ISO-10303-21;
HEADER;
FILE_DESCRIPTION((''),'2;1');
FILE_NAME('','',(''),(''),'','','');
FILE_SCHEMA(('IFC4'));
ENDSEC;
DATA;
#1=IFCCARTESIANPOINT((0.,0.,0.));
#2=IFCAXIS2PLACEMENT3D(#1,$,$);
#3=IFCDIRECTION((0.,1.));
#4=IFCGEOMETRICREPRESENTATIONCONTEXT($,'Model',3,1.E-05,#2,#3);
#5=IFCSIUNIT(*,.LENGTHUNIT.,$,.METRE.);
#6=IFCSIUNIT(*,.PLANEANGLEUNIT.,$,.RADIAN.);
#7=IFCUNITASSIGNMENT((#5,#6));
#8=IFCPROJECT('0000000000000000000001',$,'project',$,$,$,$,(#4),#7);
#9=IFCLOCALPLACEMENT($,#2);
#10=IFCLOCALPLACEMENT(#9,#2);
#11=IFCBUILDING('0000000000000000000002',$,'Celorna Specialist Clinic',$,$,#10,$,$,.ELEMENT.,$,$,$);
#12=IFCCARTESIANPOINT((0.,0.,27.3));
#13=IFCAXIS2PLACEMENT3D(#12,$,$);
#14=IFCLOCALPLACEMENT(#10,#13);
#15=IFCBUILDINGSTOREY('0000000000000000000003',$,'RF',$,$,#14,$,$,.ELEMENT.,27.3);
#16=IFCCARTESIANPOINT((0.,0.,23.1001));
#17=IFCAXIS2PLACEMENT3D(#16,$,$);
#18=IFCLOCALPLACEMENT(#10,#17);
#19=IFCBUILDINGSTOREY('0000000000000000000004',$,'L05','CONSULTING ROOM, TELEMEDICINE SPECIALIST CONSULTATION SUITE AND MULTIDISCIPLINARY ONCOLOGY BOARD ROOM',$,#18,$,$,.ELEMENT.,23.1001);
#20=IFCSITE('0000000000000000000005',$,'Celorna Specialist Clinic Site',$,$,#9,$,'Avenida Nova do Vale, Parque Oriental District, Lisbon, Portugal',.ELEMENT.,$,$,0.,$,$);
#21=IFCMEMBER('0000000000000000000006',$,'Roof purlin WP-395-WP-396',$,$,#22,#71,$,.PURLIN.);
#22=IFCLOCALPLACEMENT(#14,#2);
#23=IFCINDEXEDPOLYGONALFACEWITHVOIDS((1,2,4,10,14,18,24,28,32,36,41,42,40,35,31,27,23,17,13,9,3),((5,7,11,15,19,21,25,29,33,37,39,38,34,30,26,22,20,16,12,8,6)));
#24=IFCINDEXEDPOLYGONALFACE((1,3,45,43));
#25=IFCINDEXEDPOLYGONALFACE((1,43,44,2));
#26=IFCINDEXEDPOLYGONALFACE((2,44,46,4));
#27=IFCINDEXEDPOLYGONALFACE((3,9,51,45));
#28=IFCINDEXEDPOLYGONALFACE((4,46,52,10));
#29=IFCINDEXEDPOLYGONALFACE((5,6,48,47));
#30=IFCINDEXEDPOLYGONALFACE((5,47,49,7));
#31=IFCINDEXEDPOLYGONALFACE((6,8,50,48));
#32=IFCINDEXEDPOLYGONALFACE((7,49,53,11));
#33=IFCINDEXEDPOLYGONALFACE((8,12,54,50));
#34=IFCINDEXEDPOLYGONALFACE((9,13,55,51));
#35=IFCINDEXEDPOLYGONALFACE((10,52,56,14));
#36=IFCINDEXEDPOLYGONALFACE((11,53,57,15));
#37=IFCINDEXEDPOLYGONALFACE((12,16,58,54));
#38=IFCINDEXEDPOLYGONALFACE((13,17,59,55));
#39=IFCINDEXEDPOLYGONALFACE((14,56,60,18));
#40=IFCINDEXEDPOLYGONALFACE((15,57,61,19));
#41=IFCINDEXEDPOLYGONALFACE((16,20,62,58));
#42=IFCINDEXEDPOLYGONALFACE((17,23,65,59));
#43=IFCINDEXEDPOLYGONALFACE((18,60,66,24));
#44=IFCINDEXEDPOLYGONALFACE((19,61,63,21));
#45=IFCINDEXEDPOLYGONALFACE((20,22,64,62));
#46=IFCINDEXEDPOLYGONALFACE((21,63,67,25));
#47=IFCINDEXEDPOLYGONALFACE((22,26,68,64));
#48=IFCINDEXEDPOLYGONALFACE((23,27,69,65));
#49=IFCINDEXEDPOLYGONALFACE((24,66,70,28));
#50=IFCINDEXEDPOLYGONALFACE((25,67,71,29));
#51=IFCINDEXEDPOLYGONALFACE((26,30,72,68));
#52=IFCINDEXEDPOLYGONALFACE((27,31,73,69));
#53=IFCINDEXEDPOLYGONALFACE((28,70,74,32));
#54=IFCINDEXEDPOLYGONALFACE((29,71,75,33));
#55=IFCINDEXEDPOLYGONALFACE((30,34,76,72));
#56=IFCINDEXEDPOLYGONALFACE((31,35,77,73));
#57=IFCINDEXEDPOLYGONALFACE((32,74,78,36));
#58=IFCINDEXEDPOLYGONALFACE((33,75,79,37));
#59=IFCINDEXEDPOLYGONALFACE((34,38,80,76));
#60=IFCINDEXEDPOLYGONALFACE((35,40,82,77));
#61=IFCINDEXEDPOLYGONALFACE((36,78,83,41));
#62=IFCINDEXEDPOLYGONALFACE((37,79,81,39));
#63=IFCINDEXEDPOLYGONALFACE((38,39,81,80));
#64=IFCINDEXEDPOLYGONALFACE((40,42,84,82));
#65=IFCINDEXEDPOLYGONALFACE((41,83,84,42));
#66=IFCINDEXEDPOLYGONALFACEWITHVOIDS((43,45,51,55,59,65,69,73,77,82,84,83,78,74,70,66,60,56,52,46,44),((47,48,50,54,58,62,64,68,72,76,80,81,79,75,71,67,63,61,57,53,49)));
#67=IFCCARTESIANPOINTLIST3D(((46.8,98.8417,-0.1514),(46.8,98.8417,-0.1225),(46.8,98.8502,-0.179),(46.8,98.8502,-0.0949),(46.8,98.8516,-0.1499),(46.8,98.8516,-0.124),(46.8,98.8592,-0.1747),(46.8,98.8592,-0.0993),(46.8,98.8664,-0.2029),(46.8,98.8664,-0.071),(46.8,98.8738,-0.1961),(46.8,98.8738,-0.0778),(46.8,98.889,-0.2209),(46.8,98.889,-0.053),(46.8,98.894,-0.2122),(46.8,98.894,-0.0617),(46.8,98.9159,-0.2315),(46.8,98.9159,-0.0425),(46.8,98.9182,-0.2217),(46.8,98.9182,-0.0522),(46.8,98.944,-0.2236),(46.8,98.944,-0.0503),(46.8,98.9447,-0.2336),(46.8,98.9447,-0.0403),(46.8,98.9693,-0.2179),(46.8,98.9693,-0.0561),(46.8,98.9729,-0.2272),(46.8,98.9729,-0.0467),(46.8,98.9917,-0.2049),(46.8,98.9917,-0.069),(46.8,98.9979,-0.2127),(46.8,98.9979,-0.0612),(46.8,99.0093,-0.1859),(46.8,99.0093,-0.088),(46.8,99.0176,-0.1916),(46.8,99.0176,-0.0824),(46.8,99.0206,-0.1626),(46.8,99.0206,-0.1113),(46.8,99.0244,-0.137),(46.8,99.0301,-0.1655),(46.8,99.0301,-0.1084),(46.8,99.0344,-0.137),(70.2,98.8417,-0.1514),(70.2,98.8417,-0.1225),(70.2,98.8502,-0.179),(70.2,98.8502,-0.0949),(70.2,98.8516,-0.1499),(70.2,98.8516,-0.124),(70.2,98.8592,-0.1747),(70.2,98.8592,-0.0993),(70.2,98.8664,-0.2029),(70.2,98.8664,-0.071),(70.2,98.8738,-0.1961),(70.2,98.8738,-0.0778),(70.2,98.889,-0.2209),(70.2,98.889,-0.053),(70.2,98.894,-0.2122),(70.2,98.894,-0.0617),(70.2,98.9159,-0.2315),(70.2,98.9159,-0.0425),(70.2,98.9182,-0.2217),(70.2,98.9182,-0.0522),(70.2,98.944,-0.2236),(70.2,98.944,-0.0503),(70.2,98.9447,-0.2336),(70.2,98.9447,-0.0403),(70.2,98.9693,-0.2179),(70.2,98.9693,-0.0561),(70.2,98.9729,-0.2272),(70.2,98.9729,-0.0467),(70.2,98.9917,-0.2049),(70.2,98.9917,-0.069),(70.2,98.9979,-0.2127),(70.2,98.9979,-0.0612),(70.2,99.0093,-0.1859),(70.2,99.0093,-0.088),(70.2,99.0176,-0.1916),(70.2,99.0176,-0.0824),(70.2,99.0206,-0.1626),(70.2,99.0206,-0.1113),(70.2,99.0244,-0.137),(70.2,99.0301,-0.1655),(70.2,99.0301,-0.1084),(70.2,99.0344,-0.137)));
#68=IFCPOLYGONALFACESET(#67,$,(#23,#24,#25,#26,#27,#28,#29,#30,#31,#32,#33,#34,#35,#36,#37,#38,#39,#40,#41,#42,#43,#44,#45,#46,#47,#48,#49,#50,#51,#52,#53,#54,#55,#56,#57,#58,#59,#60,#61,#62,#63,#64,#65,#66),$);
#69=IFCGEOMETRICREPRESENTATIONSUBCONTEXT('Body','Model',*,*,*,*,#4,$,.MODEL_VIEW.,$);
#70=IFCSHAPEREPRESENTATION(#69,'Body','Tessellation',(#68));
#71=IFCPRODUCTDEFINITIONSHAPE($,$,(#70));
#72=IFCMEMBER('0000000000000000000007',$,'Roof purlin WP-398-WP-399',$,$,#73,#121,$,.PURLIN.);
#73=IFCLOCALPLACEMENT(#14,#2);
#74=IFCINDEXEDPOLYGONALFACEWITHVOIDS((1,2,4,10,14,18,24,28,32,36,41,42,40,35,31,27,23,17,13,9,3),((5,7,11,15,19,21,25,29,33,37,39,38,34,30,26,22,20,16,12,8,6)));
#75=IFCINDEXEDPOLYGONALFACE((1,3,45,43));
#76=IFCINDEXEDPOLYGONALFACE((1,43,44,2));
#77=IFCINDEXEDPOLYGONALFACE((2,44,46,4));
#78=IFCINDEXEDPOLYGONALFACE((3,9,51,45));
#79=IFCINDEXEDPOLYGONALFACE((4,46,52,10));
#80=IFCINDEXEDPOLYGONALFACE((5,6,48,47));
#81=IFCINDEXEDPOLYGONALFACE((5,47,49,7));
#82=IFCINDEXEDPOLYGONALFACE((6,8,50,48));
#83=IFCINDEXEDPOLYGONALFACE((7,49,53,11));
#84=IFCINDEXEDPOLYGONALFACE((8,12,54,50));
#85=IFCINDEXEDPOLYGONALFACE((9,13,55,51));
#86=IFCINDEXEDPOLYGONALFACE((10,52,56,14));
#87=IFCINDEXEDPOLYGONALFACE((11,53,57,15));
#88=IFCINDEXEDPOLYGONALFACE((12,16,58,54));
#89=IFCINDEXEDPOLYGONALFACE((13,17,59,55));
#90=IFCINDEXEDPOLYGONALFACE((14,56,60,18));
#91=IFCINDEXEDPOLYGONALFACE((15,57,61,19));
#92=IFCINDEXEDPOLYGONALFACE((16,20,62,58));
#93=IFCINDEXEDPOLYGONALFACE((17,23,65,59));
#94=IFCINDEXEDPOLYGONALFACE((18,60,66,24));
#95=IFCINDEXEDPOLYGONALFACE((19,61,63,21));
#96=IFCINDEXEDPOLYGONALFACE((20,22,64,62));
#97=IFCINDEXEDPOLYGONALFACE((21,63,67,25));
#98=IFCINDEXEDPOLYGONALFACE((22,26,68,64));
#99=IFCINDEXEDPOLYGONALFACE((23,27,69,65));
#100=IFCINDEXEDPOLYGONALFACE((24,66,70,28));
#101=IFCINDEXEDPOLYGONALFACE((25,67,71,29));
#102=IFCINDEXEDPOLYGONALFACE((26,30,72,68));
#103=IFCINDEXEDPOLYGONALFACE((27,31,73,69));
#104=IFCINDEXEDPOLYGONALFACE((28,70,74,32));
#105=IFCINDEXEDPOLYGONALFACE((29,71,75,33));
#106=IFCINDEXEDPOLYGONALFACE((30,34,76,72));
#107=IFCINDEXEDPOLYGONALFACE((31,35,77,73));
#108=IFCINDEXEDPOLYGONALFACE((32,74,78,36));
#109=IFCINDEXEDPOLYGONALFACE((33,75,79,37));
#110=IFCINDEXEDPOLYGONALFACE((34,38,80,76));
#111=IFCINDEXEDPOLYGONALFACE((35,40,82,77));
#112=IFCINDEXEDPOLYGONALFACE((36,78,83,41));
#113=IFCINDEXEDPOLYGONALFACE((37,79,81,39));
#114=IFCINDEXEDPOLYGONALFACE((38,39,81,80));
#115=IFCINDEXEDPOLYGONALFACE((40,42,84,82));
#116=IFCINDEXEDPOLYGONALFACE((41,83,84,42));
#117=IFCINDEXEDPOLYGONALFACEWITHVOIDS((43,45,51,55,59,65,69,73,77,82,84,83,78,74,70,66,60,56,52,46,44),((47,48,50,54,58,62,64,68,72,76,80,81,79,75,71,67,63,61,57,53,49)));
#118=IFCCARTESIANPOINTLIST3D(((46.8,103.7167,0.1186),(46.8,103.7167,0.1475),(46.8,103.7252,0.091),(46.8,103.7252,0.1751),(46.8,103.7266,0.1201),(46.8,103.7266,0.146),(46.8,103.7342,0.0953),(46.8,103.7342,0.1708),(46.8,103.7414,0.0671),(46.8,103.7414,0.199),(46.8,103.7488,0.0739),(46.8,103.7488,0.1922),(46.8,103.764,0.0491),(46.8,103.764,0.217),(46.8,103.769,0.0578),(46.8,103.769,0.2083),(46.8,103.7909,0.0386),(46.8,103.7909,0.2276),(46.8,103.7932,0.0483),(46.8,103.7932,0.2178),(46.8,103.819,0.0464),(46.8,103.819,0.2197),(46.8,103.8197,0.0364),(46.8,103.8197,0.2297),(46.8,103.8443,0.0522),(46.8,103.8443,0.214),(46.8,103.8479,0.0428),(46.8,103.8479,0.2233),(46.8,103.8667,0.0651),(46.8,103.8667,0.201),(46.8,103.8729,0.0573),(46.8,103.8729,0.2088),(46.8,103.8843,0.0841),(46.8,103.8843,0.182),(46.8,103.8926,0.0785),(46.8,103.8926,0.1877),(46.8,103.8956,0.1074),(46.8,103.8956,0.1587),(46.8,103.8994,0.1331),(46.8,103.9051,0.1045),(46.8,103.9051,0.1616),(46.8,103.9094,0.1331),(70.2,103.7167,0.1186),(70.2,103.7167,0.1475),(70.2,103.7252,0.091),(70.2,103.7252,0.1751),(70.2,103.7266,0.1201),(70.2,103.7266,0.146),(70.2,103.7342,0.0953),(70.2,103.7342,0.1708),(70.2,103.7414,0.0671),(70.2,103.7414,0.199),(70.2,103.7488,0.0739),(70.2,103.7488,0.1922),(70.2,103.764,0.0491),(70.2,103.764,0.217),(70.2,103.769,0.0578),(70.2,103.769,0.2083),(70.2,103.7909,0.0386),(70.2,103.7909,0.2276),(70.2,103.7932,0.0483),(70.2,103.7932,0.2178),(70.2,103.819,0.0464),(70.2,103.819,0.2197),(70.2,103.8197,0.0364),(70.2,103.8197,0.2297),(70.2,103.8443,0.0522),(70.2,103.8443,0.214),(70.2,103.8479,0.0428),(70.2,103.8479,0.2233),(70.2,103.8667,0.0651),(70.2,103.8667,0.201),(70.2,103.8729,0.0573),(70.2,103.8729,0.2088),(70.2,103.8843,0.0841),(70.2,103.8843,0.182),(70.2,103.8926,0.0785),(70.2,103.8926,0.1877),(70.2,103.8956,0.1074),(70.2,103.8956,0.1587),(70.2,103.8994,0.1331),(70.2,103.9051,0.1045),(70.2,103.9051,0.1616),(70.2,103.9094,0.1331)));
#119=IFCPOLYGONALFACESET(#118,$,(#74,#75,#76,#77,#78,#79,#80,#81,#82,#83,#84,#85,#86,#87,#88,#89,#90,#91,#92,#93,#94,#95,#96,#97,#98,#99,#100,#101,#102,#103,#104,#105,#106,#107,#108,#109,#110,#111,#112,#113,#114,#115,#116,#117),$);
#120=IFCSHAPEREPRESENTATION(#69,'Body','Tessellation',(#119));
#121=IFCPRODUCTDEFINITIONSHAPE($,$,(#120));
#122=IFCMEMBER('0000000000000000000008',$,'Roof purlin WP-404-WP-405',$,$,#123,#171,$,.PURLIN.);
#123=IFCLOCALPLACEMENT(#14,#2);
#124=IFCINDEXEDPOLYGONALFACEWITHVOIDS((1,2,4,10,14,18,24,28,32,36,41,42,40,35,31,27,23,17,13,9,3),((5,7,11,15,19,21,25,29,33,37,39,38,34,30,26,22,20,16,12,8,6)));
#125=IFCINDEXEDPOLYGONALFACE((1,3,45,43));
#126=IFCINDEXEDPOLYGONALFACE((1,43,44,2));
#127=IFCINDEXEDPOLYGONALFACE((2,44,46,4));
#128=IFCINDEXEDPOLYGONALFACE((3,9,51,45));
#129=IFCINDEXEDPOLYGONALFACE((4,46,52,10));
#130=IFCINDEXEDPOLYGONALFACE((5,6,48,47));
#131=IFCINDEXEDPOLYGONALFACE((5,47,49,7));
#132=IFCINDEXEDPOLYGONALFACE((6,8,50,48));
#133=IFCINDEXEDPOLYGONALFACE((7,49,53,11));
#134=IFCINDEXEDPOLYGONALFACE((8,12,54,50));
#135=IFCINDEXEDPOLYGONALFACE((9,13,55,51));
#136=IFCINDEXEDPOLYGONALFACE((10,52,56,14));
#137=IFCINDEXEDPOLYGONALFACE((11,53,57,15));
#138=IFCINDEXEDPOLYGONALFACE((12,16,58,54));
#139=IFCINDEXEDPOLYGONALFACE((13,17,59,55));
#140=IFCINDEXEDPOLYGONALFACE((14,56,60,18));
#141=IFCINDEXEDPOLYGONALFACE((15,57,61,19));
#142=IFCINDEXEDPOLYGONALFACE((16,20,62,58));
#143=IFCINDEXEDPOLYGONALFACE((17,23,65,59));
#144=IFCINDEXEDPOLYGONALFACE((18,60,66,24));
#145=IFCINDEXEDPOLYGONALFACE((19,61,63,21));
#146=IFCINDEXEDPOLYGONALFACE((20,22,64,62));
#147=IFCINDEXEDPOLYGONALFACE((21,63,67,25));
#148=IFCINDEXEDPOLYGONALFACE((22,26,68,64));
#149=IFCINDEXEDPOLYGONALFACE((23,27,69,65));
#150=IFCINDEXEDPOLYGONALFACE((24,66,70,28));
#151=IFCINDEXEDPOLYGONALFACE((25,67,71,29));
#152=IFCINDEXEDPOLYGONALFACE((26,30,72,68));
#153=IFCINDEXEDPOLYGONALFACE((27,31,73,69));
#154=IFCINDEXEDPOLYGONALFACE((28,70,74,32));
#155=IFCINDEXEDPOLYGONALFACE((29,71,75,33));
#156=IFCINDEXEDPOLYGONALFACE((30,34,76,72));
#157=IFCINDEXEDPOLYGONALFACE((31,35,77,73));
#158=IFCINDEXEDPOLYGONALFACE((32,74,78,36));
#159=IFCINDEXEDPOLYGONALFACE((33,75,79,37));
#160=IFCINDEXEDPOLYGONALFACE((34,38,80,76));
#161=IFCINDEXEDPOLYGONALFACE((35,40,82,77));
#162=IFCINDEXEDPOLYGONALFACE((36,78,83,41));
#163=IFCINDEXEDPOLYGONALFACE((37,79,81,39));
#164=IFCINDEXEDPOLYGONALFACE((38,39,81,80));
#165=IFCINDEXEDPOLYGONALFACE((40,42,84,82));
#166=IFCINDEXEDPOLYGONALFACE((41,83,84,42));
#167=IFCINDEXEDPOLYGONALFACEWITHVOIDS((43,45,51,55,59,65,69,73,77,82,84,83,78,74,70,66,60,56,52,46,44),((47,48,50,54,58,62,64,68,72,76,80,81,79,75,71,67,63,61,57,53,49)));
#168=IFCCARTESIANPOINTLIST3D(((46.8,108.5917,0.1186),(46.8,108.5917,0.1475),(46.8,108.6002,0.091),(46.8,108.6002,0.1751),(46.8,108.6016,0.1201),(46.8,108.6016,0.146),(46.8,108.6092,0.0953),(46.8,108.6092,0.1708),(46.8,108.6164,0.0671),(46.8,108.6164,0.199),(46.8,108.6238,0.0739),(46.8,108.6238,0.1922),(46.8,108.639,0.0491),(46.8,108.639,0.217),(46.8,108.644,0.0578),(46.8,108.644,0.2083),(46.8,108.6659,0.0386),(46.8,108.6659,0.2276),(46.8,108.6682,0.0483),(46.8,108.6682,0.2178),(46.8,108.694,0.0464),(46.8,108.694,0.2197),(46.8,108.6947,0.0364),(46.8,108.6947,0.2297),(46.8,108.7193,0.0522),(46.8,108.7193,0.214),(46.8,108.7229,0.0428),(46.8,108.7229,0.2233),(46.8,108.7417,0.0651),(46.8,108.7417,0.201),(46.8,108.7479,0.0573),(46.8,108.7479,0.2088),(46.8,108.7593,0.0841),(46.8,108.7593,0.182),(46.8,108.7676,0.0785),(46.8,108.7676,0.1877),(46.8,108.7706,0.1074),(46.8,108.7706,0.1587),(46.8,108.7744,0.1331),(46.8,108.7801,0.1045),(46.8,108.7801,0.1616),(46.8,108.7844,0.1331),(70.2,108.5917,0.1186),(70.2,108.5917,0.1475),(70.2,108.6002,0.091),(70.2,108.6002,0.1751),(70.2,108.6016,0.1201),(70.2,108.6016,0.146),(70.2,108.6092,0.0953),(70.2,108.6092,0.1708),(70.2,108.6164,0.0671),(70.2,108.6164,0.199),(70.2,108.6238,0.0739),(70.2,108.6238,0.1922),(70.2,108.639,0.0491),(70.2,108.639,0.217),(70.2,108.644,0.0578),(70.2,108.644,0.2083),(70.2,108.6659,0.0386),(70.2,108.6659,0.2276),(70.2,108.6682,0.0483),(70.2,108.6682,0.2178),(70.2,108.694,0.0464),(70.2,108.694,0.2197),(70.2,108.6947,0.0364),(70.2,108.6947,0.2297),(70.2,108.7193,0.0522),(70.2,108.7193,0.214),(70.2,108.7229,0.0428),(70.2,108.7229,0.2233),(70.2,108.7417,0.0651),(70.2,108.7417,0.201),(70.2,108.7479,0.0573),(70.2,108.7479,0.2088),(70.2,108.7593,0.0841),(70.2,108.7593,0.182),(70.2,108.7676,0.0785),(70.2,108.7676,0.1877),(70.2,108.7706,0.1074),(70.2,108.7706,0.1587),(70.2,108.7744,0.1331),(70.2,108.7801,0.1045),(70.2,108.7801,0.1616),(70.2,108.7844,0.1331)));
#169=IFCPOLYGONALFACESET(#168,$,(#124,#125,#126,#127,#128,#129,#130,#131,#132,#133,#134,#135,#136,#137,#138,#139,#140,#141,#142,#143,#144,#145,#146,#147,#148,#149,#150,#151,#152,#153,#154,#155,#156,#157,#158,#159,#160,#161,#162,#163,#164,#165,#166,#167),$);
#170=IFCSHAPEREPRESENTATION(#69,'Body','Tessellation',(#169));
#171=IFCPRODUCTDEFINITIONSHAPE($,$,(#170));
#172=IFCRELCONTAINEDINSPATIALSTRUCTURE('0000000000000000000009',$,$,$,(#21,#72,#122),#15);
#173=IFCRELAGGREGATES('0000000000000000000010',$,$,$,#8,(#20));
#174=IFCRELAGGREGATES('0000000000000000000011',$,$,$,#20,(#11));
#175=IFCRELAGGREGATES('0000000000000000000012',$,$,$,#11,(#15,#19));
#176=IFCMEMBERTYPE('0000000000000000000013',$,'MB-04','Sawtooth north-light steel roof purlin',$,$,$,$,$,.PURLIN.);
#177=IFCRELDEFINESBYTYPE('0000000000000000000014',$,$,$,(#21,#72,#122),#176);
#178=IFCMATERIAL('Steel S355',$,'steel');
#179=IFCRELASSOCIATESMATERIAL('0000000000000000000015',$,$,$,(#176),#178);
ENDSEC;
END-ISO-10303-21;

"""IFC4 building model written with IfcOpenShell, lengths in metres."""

from ifc_helpers import new_model, si_unit, direction, frame, origin, origin_2d, place, context, subcontext, project, spatial, hollow_circle, extrude, material, material_profile, profile_set, type_object, element, save


model = new_model("IFC4")

# Units and contexts
model_context = context("Model", 3, precision=1e-05, world=origin(), true_north=direction((0.0, 1.0)))
body_context = subcontext(model_context, "Body", "Model", "MODEL_VIEW")
ifc_project = project(units=[si_unit("LENGTHUNIT", "METRE"), si_unit("PLANEANGLEUNIT", "RADIAN")], contexts=[model_context])

# Site, building, storey
site_placement = place(None, origin())
site = spatial("IfcSite", under=ifc_project, at=site_placement, Name="Celorna Specialist Clinic Site", LongName="Avenida Nova do Vale, Parque Oriental District, Lisbon, Portugal", CompositionType="ELEMENT", RefElevation=0.0)
building_placement = place(site_placement, origin())
building = spatial("IfcBuilding", under=site, at=building_placement, Name="Celorna Specialist Clinic", CompositionType="ELEMENT")
storey_1_placement = place(building_placement, frame((0.0, 0.0, 27.3)))
storey_1 = spatial("IfcBuildingStorey", under=building, at=storey_1_placement, Name="RF", CompositionType="ELEMENT", Elevation=27.3)

# Shared definitions
ifc_material_1 = material(Name="Steel S355", Category="steel")

# Members
ifc_material_profile_1 = material_profile(ifc_material_1, hollow_circle(Radius=0.0969, WallThickness=0.01, at=origin_2d()), Name="CHS 193.7x10")
ifc_profile_set_1 = profile_set([ifc_material_profile_1], Name="Steel S355")
member_type_1 = type_object("IfcMemberType", Name="MB-04", Description="Sawtooth north-light steel roof purlin", PredefinedType="PURLIN", material=ifc_profile_set_1)
for number, where, z_axis, x_axis, name in (
    (1, (46.8, 98.9375, -0.137), (1.0, 0.0, 0.0), (0.0, 1.0, 0.0), "Roof purlin WP-395-WP-396"),
    (2, (46.8, 103.8125, 0.1331), (1.0, 0.0, 0.0), (0.0, 1.0, 0.0), "Roof purlin WP-398-WP-399"),
    (3, (46.8, 108.6875, 0.1331), (1.0, 0.0, 0.0), (0.0, 1.0, 0.0), "Roof purlin WP-404-WP-405"),
):
    element("IfcMember", number, at=place(storey_1_placement, frame(where, z_axis=z_axis, x_axis=x_axis)), inside=storey_1, type_object=member_type_1, Name=name, PredefinedType="PURLIN", context=body_context, shape_type="SweptSolid", body=[
        extrude(hollow_circle(Radius=0.0969, WallThickness=0.01, at=origin_2d()), origin(), (0.0, 0.0, 1.0), 23.3999),
    ])

# Shared definitions
storey_2_placement = place(building_placement, frame((0.0, 0.0, 23.1001)))
storey_2 = spatial("IfcBuildingStorey", under=building, at=storey_2_placement, Name="L05", Description="CONSULTING ROOM, TELEMEDICINE SPECIALIST CONSULTATION SUITE AND MULTIDISCIPLINARY ONCOLOGY BOARD ROOM", CompositionType="ELEMENT", Elevation=23.1001)

save(model, "model.ifc")
